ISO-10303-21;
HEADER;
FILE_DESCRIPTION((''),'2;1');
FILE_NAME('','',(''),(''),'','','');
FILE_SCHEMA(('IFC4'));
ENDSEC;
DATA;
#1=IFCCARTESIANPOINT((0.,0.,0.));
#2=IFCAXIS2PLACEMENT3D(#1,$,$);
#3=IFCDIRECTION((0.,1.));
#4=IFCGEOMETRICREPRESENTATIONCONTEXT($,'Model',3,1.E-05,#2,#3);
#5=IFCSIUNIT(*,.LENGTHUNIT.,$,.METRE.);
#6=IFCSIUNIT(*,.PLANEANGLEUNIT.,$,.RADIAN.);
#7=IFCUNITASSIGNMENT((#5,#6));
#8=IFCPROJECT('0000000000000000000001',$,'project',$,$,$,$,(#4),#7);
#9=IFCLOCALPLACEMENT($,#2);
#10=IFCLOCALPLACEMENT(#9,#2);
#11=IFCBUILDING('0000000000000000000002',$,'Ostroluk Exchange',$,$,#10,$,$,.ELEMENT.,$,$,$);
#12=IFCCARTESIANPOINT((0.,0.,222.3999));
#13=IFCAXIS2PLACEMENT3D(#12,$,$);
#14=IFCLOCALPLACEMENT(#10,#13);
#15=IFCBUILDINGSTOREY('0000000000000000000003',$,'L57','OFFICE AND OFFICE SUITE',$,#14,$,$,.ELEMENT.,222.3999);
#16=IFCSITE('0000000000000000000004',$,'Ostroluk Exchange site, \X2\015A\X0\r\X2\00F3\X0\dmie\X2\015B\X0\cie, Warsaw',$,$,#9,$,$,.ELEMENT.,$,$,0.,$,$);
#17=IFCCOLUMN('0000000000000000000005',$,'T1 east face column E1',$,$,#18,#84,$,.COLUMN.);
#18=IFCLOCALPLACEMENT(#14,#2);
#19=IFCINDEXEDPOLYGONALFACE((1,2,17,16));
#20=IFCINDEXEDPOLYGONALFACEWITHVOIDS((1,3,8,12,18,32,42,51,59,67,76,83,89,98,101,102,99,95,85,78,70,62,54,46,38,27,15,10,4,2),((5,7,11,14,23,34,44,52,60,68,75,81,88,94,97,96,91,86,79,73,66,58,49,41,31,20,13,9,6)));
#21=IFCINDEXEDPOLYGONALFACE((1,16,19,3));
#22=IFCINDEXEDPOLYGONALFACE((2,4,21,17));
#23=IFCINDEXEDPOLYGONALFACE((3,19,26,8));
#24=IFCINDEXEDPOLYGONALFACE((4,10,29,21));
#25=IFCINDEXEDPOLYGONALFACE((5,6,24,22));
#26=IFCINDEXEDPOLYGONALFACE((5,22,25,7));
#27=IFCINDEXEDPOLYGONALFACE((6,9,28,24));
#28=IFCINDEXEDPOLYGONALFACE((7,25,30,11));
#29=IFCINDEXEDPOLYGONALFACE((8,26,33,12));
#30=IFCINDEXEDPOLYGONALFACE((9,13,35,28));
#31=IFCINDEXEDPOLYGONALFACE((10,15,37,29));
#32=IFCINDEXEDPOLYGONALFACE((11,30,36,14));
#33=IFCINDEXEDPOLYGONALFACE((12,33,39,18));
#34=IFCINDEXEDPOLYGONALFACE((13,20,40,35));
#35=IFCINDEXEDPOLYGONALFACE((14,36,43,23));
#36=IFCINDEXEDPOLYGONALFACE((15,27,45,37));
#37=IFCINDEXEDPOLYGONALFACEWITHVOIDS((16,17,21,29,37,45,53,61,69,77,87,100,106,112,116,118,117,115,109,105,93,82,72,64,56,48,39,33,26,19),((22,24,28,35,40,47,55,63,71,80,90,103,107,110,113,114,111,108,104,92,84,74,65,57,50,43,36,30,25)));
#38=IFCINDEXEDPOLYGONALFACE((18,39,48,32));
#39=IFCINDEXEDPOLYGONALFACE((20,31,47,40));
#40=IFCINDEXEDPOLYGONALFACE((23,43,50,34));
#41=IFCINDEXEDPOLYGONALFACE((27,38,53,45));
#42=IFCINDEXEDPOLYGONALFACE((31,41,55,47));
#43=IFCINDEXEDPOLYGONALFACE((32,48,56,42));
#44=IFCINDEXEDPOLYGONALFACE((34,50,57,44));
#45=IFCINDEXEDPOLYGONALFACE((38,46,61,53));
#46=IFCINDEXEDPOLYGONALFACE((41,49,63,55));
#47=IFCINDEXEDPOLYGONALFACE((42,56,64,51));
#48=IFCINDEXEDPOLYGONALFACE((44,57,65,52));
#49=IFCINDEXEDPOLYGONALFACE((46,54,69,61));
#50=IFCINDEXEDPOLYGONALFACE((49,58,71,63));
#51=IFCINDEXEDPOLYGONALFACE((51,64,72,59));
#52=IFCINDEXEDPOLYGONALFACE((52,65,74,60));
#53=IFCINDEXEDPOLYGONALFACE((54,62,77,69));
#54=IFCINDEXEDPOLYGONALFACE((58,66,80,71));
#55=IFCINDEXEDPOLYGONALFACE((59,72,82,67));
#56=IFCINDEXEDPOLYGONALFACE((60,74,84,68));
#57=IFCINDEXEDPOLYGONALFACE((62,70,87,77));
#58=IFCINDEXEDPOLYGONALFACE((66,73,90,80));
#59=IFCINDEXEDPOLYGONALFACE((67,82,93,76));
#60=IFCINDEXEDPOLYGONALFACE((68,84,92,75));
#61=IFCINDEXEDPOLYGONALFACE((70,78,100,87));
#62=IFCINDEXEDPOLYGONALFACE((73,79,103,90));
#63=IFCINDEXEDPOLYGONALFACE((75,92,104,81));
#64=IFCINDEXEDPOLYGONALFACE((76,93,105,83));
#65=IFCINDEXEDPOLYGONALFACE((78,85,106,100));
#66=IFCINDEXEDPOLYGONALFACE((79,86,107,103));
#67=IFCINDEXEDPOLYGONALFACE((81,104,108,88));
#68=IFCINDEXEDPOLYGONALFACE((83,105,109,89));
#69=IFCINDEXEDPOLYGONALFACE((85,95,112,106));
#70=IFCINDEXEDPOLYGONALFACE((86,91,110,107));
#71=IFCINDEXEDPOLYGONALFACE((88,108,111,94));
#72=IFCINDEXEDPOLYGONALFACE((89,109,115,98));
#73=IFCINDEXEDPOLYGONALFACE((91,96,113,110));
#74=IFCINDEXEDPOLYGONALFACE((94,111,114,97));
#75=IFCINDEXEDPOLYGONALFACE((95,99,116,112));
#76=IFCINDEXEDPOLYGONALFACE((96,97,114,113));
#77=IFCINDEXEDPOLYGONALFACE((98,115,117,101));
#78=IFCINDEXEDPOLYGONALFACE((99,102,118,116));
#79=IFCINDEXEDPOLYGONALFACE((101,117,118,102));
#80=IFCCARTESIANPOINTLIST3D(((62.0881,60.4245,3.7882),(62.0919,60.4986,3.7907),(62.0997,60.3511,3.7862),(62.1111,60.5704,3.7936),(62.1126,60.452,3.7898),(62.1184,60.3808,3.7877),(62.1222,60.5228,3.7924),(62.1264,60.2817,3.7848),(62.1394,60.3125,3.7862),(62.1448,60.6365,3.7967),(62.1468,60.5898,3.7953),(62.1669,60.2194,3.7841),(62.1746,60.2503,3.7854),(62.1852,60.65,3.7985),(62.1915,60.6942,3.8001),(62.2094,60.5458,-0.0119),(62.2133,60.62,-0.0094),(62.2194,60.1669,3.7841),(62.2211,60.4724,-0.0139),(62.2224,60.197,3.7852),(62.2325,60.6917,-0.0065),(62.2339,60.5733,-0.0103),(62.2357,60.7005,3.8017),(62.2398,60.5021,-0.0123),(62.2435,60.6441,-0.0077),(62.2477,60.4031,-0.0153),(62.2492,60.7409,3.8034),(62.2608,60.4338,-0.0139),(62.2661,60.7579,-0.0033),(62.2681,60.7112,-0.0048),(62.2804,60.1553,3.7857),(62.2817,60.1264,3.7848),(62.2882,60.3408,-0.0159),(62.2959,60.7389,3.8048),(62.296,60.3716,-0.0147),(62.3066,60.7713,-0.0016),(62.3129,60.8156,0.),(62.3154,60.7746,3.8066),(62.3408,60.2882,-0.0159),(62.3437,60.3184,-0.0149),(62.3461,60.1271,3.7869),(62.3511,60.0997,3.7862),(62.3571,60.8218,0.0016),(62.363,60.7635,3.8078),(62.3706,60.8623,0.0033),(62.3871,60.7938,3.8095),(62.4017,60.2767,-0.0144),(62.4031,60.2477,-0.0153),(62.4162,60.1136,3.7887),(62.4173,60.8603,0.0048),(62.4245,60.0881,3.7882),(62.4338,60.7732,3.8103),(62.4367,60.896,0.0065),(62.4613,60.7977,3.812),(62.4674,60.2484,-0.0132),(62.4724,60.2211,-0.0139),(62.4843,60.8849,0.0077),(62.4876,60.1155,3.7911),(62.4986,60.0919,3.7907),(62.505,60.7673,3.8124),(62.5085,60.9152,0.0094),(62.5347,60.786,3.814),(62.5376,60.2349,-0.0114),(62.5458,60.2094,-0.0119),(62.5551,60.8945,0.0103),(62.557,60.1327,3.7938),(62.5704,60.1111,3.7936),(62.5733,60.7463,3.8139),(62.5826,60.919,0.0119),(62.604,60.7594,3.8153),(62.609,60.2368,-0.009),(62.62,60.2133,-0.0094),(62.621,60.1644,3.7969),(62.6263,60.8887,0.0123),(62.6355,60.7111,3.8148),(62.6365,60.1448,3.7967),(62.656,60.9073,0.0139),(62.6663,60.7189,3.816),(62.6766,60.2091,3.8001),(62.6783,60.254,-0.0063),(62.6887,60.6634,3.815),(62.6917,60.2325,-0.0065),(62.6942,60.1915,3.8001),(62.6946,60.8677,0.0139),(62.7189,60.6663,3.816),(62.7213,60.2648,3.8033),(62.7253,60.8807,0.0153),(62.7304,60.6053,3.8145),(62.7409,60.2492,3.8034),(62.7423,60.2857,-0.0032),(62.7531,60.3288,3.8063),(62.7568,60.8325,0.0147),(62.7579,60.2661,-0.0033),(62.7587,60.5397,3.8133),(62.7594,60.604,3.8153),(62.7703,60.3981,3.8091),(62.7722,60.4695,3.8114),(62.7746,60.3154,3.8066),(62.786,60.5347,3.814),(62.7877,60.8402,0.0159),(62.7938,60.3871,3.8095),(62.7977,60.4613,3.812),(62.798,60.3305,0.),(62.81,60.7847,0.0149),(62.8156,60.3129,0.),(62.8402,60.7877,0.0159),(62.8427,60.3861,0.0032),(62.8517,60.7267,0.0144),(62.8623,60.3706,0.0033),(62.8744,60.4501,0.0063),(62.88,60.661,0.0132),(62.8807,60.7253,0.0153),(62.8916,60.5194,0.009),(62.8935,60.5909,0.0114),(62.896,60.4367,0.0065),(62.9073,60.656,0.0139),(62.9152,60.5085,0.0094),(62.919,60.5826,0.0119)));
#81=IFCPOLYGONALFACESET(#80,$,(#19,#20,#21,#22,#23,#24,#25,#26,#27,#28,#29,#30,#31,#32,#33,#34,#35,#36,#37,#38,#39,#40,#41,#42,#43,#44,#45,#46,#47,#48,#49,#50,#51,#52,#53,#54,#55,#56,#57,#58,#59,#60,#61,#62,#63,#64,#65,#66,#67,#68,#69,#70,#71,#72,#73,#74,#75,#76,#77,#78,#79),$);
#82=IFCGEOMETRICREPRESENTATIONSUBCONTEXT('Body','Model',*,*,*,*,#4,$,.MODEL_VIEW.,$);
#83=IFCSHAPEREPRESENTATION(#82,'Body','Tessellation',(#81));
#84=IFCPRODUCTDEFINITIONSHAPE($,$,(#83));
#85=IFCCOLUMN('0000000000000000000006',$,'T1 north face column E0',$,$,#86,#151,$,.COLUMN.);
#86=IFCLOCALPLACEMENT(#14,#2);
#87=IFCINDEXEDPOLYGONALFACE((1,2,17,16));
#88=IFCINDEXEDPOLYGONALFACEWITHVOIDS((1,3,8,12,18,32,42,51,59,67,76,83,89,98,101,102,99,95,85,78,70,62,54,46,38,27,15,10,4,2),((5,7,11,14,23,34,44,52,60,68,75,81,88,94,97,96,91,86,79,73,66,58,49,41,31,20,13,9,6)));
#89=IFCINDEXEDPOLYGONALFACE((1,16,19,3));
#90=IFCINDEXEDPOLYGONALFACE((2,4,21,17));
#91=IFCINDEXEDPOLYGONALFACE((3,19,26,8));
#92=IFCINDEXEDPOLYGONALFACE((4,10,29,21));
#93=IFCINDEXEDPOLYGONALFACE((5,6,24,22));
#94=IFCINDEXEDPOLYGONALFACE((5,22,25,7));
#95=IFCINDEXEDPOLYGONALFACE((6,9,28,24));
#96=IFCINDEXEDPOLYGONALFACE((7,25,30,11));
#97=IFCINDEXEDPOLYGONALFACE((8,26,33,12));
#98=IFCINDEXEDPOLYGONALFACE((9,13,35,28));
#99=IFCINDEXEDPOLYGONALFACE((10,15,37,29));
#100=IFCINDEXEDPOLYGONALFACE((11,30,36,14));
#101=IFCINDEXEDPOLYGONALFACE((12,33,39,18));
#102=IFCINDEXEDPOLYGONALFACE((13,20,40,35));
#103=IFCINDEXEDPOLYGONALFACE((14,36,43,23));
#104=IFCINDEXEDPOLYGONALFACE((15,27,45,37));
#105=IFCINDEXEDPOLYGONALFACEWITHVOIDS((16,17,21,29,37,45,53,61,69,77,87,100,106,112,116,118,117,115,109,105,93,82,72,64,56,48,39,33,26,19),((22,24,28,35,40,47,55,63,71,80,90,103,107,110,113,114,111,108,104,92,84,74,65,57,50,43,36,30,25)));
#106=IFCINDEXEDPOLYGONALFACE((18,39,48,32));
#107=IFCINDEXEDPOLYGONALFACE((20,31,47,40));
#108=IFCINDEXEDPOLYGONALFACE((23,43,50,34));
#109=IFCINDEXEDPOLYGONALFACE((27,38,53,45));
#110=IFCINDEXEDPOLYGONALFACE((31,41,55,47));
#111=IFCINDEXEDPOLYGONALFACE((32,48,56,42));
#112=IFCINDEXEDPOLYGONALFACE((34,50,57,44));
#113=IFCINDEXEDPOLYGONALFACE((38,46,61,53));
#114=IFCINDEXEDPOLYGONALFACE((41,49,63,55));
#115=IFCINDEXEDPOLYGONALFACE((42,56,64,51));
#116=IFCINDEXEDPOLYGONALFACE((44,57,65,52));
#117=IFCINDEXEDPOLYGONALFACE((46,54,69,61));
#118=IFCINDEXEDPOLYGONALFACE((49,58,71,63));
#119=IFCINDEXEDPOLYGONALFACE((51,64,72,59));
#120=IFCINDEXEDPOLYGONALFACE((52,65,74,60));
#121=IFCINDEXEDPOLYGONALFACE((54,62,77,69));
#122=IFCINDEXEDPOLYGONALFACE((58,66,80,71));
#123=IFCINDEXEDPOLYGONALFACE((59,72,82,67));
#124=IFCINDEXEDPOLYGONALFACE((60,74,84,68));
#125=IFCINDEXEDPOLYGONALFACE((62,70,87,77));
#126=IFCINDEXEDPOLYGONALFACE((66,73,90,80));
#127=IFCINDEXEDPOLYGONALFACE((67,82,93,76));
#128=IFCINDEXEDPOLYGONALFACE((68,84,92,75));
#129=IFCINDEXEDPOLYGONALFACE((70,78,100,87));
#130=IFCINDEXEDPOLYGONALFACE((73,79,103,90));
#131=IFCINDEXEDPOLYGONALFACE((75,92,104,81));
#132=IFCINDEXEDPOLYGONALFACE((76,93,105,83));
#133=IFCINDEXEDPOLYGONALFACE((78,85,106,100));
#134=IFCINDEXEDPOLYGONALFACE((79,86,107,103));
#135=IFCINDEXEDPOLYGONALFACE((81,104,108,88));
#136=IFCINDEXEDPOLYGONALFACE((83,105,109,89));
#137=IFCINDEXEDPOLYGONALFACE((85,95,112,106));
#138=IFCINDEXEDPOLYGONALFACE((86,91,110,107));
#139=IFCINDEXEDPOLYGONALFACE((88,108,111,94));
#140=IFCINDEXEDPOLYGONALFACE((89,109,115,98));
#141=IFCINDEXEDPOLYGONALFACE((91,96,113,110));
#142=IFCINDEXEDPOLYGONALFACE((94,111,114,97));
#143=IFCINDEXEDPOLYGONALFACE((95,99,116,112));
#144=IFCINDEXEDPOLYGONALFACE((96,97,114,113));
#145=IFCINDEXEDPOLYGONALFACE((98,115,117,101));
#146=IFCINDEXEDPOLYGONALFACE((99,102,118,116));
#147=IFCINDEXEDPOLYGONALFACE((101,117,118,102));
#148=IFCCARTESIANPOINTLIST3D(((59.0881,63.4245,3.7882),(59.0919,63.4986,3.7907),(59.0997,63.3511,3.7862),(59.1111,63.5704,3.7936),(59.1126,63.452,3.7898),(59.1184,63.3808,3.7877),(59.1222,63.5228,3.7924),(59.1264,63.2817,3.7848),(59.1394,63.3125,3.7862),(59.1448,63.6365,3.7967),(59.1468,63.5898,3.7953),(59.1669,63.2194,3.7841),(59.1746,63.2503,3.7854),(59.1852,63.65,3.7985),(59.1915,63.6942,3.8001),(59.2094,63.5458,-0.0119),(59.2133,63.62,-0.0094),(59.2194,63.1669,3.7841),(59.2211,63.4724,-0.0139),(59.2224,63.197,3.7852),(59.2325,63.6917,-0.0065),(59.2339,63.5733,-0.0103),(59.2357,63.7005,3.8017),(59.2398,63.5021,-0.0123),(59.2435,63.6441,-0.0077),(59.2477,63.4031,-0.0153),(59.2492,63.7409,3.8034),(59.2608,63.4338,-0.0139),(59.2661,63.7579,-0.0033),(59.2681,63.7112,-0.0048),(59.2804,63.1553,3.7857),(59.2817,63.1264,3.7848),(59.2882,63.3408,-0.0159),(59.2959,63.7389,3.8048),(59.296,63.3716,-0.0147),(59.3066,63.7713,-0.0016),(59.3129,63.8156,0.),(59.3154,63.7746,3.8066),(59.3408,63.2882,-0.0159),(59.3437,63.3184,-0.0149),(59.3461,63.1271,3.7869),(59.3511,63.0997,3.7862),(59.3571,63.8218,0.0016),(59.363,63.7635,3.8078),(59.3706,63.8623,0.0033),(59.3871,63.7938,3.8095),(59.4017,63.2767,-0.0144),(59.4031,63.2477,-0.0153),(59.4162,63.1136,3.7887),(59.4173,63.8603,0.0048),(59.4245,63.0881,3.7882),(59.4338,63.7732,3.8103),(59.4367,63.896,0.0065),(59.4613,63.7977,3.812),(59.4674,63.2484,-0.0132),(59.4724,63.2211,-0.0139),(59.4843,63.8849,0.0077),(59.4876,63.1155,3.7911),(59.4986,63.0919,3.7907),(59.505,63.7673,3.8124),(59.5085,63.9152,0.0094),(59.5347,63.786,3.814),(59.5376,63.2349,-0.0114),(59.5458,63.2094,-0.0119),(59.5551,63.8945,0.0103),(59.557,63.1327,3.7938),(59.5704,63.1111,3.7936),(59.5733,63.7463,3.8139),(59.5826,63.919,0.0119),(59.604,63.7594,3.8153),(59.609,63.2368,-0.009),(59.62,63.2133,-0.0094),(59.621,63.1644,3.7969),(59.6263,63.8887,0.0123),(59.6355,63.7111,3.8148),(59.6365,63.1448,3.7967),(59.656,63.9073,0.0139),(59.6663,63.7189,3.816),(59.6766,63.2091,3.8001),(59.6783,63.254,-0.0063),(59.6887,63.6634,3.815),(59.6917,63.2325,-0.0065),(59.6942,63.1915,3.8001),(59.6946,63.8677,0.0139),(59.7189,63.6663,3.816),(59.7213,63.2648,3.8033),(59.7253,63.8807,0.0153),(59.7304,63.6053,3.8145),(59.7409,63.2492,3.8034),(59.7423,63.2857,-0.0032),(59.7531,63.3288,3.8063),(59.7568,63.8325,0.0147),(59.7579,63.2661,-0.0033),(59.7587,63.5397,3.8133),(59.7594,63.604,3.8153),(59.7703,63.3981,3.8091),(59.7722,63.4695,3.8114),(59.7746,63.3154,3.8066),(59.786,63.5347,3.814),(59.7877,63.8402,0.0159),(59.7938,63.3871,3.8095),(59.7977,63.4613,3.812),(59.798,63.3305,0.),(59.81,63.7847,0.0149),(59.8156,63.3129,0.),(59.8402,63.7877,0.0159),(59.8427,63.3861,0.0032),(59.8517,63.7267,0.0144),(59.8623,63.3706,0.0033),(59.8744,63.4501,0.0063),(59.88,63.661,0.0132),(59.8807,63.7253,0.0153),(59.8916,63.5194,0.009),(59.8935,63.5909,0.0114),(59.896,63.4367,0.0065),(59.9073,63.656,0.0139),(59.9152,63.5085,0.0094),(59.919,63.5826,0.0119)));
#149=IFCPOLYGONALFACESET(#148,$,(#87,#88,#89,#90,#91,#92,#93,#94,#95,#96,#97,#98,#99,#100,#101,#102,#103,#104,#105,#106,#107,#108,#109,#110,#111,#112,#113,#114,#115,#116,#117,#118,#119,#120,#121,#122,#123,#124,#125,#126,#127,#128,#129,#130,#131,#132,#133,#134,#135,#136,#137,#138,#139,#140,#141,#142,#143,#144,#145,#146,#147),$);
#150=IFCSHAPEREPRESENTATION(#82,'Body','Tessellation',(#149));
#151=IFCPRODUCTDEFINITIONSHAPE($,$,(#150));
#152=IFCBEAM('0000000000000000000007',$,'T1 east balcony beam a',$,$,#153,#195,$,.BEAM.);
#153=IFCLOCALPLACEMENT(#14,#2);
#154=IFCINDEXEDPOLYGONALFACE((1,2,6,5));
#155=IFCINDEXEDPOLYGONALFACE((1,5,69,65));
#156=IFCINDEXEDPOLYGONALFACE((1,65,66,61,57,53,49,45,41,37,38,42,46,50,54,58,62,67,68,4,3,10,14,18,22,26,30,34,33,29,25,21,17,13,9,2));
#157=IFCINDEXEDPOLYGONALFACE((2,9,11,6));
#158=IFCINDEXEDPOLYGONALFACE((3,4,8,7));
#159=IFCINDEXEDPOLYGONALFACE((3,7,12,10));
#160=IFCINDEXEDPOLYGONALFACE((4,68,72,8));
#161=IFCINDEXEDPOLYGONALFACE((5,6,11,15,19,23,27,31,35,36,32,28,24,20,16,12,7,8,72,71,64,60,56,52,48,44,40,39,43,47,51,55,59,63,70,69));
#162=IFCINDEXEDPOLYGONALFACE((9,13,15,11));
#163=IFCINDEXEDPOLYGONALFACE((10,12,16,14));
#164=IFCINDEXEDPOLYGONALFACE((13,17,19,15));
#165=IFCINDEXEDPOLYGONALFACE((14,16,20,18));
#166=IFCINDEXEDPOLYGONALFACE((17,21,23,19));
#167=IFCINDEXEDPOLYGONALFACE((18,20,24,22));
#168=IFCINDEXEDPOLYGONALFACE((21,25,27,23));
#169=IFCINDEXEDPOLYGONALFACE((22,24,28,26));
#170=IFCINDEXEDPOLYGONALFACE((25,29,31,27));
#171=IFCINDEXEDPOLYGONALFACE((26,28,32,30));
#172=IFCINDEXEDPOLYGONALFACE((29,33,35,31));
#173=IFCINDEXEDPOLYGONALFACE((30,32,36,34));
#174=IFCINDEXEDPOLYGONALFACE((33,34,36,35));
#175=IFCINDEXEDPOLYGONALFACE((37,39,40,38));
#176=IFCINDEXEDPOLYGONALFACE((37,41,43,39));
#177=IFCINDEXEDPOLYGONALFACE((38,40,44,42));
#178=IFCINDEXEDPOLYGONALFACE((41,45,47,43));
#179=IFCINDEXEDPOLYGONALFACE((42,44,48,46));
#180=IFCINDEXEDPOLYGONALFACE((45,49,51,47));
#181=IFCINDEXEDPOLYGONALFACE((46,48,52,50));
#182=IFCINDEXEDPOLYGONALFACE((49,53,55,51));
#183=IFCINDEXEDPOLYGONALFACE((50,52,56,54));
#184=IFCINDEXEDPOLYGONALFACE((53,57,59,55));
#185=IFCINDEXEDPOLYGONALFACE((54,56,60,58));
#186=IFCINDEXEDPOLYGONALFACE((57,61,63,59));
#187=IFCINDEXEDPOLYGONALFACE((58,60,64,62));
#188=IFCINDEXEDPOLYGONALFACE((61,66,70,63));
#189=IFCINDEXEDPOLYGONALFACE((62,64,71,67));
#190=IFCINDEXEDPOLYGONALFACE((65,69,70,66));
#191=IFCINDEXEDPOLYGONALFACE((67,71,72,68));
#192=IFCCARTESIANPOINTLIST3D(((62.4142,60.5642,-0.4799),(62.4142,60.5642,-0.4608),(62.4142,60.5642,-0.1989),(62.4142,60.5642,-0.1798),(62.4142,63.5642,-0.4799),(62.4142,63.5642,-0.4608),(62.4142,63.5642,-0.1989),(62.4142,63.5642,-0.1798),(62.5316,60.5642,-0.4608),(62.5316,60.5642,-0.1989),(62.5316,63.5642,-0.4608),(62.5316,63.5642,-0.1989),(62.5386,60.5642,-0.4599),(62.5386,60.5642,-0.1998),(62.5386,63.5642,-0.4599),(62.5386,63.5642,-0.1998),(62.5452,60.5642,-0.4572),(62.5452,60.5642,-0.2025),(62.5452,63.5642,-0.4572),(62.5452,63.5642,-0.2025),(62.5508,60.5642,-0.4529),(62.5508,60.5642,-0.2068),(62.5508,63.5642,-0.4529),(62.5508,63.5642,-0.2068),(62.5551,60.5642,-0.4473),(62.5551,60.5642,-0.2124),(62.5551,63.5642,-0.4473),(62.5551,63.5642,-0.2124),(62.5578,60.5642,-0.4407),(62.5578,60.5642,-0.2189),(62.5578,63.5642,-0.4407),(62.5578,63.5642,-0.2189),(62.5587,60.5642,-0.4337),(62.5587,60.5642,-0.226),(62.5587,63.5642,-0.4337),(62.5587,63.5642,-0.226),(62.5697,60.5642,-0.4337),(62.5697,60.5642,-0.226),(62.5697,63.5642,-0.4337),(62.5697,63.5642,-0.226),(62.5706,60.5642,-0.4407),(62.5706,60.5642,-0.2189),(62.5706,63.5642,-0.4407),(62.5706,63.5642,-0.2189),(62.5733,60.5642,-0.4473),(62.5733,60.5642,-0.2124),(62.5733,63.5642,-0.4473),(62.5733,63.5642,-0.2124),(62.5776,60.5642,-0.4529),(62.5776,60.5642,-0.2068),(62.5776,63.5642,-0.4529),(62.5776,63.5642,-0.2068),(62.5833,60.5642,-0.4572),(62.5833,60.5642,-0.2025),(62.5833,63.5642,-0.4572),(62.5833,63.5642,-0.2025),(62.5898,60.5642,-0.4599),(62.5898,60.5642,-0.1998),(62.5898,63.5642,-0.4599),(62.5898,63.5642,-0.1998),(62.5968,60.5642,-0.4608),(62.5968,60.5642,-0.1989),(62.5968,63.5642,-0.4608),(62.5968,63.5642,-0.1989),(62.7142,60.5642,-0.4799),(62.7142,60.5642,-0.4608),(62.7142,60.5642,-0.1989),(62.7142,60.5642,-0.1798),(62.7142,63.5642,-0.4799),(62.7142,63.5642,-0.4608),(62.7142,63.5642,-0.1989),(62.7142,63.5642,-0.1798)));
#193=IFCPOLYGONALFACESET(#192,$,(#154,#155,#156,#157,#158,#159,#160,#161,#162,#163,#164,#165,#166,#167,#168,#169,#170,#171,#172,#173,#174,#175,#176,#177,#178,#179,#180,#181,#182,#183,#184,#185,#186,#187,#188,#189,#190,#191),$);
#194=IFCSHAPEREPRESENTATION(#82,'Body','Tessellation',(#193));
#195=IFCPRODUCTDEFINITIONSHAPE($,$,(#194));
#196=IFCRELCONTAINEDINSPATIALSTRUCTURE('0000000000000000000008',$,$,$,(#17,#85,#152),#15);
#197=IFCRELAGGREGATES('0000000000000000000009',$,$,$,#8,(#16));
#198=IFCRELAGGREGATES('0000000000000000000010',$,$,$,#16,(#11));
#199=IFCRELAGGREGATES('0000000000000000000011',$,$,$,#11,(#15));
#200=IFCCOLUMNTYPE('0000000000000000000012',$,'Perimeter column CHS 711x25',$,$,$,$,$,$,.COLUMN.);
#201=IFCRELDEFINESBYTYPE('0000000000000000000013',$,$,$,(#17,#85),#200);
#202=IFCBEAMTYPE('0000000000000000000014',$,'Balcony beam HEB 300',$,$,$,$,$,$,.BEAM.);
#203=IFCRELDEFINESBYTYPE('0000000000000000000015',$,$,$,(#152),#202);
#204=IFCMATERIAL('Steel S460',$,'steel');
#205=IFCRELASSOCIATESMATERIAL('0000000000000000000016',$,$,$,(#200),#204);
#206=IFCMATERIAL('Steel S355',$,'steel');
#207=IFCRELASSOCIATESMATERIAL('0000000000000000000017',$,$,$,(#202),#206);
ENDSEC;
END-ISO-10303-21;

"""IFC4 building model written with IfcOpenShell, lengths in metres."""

from ifc_helpers import new_model, si_unit, direction, frame, origin, origin_2d, place, context, subcontext, project, spatial, hollow_circle, i_section, extrude, material, material_profile, profile_set, type_object, element, save


model = new_model("IFC4")

# Units and contexts
model_context = context("Model", 3, precision=1e-05, world=origin(), true_north=direction((0.0, 1.0)))
body_context = subcontext(model_context, "Body", "Model", "MODEL_VIEW")
ifc_project = project(units=[si_unit("LENGTHUNIT", "METRE"), si_unit("PLANEANGLEUNIT", "RADIAN")], contexts=[model_context])

# Site, building, storey
site_placement = place(None, origin())
site = spatial("IfcSite", under=ifc_project, at=site_placement, Name="Ostroluk Exchange site, Śródmieście, Warsaw", CompositionType="ELEMENT", RefElevation=0.0)
building_placement = place(site_placement, origin())
building = spatial("IfcBuilding", under=site, at=building_placement, Name="Ostroluk Exchange", CompositionType="ELEMENT")
storey_placement = place(building_placement, frame((0.0, 0.0, 222.3999)))
storey = spatial("IfcBuildingStorey", under=building, at=storey_placement, Name="L57", Description="OFFICE AND OFFICE SUITE", CompositionType="ELEMENT", Elevation=222.3999)

# Columns
ifc_material_1 = material(Name="Steel S460", Category="steel")
ifc_material_profile_1 = material_profile(ifc_material_1, hollow_circle(Radius=0.3555, WallThickness=0.0249, at=origin_2d()), Name="CHS 711x25")
ifc_profile_set_1 = profile_set([ifc_material_profile_1], Name="Steel S460")
column_type = type_object("IfcColumnType", Name="Perimeter column CHS 711x25", PredefinedType="COLUMN", material=ifc_profile_set_1)
for number, where, z_axis, x_axis, name in (
    (1, (62.5642, 60.5642, 0.0), (-0.031898, -0.031898, 0.998982), (0.707107, -0.707107, 0.0), "T1 east face column E1"),
    (2, (59.5642, 63.5642, 0.0), (-0.031898, -0.031898, 0.998982), (0.707107, -0.707107, 0.0), "T1 north face column E0"),
):
    element("IfcColumn", number, at=place(storey_placement, frame(where, z_axis=z_axis, x_axis=x_axis)), inside=storey, type_object=column_type, Name=name, PredefinedType="COLUMN", context=body_context, shape_type="SweptSolid", body=[
        extrude(hollow_circle(Radius=0.3555, WallThickness=0.0249, at=origin_2d()), origin(), (0.0, 0.0, 1.0), 3.804),
    ])

# Beam
ifc_material_2 = material(Name="Steel S355", Category="steel")
ifc_material_profile_2 = material_profile(ifc_material_2, i_section(OverallWidth=0.3, OverallDepth=0.3, WebThickness=0.011, FlangeThickness=0.019, FilletRadius=0.0271, at=origin_2d()), Name="HEB 300")
ifc_profile_set_2 = profile_set([ifc_material_profile_2], Name="Steel S355")
beam_type_1 = type_object("IfcBeamType", Name="Balcony beam HEB 300", PredefinedType="BEAM", material=ifc_profile_set_2)
for number, where, z_axis, x_axis, name in (
    (3, (62.5642, 60.5642, -0.3298), (0.0, 1.0, 0.0), (-1.0, 0.0, 0.0), "T1 east balcony beam a"),
):
    element("IfcBeam", number, at=place(storey_placement, frame(where, z_axis=z_axis, x_axis=x_axis)), inside=storey, type_object=beam_type_1, Name=name, PredefinedType="BEAM", context=body_context, shape_type="SweptSolid", body=[
        extrude(i_section(OverallWidth=0.3, OverallDepth=0.3, WebThickness=0.011, FlangeThickness=0.019, FilletRadius=0.0271, at=origin_2d()), origin(), (0.0, 0.0, 1.0), 3.0),
    ])

save(model, "model.ifc")
